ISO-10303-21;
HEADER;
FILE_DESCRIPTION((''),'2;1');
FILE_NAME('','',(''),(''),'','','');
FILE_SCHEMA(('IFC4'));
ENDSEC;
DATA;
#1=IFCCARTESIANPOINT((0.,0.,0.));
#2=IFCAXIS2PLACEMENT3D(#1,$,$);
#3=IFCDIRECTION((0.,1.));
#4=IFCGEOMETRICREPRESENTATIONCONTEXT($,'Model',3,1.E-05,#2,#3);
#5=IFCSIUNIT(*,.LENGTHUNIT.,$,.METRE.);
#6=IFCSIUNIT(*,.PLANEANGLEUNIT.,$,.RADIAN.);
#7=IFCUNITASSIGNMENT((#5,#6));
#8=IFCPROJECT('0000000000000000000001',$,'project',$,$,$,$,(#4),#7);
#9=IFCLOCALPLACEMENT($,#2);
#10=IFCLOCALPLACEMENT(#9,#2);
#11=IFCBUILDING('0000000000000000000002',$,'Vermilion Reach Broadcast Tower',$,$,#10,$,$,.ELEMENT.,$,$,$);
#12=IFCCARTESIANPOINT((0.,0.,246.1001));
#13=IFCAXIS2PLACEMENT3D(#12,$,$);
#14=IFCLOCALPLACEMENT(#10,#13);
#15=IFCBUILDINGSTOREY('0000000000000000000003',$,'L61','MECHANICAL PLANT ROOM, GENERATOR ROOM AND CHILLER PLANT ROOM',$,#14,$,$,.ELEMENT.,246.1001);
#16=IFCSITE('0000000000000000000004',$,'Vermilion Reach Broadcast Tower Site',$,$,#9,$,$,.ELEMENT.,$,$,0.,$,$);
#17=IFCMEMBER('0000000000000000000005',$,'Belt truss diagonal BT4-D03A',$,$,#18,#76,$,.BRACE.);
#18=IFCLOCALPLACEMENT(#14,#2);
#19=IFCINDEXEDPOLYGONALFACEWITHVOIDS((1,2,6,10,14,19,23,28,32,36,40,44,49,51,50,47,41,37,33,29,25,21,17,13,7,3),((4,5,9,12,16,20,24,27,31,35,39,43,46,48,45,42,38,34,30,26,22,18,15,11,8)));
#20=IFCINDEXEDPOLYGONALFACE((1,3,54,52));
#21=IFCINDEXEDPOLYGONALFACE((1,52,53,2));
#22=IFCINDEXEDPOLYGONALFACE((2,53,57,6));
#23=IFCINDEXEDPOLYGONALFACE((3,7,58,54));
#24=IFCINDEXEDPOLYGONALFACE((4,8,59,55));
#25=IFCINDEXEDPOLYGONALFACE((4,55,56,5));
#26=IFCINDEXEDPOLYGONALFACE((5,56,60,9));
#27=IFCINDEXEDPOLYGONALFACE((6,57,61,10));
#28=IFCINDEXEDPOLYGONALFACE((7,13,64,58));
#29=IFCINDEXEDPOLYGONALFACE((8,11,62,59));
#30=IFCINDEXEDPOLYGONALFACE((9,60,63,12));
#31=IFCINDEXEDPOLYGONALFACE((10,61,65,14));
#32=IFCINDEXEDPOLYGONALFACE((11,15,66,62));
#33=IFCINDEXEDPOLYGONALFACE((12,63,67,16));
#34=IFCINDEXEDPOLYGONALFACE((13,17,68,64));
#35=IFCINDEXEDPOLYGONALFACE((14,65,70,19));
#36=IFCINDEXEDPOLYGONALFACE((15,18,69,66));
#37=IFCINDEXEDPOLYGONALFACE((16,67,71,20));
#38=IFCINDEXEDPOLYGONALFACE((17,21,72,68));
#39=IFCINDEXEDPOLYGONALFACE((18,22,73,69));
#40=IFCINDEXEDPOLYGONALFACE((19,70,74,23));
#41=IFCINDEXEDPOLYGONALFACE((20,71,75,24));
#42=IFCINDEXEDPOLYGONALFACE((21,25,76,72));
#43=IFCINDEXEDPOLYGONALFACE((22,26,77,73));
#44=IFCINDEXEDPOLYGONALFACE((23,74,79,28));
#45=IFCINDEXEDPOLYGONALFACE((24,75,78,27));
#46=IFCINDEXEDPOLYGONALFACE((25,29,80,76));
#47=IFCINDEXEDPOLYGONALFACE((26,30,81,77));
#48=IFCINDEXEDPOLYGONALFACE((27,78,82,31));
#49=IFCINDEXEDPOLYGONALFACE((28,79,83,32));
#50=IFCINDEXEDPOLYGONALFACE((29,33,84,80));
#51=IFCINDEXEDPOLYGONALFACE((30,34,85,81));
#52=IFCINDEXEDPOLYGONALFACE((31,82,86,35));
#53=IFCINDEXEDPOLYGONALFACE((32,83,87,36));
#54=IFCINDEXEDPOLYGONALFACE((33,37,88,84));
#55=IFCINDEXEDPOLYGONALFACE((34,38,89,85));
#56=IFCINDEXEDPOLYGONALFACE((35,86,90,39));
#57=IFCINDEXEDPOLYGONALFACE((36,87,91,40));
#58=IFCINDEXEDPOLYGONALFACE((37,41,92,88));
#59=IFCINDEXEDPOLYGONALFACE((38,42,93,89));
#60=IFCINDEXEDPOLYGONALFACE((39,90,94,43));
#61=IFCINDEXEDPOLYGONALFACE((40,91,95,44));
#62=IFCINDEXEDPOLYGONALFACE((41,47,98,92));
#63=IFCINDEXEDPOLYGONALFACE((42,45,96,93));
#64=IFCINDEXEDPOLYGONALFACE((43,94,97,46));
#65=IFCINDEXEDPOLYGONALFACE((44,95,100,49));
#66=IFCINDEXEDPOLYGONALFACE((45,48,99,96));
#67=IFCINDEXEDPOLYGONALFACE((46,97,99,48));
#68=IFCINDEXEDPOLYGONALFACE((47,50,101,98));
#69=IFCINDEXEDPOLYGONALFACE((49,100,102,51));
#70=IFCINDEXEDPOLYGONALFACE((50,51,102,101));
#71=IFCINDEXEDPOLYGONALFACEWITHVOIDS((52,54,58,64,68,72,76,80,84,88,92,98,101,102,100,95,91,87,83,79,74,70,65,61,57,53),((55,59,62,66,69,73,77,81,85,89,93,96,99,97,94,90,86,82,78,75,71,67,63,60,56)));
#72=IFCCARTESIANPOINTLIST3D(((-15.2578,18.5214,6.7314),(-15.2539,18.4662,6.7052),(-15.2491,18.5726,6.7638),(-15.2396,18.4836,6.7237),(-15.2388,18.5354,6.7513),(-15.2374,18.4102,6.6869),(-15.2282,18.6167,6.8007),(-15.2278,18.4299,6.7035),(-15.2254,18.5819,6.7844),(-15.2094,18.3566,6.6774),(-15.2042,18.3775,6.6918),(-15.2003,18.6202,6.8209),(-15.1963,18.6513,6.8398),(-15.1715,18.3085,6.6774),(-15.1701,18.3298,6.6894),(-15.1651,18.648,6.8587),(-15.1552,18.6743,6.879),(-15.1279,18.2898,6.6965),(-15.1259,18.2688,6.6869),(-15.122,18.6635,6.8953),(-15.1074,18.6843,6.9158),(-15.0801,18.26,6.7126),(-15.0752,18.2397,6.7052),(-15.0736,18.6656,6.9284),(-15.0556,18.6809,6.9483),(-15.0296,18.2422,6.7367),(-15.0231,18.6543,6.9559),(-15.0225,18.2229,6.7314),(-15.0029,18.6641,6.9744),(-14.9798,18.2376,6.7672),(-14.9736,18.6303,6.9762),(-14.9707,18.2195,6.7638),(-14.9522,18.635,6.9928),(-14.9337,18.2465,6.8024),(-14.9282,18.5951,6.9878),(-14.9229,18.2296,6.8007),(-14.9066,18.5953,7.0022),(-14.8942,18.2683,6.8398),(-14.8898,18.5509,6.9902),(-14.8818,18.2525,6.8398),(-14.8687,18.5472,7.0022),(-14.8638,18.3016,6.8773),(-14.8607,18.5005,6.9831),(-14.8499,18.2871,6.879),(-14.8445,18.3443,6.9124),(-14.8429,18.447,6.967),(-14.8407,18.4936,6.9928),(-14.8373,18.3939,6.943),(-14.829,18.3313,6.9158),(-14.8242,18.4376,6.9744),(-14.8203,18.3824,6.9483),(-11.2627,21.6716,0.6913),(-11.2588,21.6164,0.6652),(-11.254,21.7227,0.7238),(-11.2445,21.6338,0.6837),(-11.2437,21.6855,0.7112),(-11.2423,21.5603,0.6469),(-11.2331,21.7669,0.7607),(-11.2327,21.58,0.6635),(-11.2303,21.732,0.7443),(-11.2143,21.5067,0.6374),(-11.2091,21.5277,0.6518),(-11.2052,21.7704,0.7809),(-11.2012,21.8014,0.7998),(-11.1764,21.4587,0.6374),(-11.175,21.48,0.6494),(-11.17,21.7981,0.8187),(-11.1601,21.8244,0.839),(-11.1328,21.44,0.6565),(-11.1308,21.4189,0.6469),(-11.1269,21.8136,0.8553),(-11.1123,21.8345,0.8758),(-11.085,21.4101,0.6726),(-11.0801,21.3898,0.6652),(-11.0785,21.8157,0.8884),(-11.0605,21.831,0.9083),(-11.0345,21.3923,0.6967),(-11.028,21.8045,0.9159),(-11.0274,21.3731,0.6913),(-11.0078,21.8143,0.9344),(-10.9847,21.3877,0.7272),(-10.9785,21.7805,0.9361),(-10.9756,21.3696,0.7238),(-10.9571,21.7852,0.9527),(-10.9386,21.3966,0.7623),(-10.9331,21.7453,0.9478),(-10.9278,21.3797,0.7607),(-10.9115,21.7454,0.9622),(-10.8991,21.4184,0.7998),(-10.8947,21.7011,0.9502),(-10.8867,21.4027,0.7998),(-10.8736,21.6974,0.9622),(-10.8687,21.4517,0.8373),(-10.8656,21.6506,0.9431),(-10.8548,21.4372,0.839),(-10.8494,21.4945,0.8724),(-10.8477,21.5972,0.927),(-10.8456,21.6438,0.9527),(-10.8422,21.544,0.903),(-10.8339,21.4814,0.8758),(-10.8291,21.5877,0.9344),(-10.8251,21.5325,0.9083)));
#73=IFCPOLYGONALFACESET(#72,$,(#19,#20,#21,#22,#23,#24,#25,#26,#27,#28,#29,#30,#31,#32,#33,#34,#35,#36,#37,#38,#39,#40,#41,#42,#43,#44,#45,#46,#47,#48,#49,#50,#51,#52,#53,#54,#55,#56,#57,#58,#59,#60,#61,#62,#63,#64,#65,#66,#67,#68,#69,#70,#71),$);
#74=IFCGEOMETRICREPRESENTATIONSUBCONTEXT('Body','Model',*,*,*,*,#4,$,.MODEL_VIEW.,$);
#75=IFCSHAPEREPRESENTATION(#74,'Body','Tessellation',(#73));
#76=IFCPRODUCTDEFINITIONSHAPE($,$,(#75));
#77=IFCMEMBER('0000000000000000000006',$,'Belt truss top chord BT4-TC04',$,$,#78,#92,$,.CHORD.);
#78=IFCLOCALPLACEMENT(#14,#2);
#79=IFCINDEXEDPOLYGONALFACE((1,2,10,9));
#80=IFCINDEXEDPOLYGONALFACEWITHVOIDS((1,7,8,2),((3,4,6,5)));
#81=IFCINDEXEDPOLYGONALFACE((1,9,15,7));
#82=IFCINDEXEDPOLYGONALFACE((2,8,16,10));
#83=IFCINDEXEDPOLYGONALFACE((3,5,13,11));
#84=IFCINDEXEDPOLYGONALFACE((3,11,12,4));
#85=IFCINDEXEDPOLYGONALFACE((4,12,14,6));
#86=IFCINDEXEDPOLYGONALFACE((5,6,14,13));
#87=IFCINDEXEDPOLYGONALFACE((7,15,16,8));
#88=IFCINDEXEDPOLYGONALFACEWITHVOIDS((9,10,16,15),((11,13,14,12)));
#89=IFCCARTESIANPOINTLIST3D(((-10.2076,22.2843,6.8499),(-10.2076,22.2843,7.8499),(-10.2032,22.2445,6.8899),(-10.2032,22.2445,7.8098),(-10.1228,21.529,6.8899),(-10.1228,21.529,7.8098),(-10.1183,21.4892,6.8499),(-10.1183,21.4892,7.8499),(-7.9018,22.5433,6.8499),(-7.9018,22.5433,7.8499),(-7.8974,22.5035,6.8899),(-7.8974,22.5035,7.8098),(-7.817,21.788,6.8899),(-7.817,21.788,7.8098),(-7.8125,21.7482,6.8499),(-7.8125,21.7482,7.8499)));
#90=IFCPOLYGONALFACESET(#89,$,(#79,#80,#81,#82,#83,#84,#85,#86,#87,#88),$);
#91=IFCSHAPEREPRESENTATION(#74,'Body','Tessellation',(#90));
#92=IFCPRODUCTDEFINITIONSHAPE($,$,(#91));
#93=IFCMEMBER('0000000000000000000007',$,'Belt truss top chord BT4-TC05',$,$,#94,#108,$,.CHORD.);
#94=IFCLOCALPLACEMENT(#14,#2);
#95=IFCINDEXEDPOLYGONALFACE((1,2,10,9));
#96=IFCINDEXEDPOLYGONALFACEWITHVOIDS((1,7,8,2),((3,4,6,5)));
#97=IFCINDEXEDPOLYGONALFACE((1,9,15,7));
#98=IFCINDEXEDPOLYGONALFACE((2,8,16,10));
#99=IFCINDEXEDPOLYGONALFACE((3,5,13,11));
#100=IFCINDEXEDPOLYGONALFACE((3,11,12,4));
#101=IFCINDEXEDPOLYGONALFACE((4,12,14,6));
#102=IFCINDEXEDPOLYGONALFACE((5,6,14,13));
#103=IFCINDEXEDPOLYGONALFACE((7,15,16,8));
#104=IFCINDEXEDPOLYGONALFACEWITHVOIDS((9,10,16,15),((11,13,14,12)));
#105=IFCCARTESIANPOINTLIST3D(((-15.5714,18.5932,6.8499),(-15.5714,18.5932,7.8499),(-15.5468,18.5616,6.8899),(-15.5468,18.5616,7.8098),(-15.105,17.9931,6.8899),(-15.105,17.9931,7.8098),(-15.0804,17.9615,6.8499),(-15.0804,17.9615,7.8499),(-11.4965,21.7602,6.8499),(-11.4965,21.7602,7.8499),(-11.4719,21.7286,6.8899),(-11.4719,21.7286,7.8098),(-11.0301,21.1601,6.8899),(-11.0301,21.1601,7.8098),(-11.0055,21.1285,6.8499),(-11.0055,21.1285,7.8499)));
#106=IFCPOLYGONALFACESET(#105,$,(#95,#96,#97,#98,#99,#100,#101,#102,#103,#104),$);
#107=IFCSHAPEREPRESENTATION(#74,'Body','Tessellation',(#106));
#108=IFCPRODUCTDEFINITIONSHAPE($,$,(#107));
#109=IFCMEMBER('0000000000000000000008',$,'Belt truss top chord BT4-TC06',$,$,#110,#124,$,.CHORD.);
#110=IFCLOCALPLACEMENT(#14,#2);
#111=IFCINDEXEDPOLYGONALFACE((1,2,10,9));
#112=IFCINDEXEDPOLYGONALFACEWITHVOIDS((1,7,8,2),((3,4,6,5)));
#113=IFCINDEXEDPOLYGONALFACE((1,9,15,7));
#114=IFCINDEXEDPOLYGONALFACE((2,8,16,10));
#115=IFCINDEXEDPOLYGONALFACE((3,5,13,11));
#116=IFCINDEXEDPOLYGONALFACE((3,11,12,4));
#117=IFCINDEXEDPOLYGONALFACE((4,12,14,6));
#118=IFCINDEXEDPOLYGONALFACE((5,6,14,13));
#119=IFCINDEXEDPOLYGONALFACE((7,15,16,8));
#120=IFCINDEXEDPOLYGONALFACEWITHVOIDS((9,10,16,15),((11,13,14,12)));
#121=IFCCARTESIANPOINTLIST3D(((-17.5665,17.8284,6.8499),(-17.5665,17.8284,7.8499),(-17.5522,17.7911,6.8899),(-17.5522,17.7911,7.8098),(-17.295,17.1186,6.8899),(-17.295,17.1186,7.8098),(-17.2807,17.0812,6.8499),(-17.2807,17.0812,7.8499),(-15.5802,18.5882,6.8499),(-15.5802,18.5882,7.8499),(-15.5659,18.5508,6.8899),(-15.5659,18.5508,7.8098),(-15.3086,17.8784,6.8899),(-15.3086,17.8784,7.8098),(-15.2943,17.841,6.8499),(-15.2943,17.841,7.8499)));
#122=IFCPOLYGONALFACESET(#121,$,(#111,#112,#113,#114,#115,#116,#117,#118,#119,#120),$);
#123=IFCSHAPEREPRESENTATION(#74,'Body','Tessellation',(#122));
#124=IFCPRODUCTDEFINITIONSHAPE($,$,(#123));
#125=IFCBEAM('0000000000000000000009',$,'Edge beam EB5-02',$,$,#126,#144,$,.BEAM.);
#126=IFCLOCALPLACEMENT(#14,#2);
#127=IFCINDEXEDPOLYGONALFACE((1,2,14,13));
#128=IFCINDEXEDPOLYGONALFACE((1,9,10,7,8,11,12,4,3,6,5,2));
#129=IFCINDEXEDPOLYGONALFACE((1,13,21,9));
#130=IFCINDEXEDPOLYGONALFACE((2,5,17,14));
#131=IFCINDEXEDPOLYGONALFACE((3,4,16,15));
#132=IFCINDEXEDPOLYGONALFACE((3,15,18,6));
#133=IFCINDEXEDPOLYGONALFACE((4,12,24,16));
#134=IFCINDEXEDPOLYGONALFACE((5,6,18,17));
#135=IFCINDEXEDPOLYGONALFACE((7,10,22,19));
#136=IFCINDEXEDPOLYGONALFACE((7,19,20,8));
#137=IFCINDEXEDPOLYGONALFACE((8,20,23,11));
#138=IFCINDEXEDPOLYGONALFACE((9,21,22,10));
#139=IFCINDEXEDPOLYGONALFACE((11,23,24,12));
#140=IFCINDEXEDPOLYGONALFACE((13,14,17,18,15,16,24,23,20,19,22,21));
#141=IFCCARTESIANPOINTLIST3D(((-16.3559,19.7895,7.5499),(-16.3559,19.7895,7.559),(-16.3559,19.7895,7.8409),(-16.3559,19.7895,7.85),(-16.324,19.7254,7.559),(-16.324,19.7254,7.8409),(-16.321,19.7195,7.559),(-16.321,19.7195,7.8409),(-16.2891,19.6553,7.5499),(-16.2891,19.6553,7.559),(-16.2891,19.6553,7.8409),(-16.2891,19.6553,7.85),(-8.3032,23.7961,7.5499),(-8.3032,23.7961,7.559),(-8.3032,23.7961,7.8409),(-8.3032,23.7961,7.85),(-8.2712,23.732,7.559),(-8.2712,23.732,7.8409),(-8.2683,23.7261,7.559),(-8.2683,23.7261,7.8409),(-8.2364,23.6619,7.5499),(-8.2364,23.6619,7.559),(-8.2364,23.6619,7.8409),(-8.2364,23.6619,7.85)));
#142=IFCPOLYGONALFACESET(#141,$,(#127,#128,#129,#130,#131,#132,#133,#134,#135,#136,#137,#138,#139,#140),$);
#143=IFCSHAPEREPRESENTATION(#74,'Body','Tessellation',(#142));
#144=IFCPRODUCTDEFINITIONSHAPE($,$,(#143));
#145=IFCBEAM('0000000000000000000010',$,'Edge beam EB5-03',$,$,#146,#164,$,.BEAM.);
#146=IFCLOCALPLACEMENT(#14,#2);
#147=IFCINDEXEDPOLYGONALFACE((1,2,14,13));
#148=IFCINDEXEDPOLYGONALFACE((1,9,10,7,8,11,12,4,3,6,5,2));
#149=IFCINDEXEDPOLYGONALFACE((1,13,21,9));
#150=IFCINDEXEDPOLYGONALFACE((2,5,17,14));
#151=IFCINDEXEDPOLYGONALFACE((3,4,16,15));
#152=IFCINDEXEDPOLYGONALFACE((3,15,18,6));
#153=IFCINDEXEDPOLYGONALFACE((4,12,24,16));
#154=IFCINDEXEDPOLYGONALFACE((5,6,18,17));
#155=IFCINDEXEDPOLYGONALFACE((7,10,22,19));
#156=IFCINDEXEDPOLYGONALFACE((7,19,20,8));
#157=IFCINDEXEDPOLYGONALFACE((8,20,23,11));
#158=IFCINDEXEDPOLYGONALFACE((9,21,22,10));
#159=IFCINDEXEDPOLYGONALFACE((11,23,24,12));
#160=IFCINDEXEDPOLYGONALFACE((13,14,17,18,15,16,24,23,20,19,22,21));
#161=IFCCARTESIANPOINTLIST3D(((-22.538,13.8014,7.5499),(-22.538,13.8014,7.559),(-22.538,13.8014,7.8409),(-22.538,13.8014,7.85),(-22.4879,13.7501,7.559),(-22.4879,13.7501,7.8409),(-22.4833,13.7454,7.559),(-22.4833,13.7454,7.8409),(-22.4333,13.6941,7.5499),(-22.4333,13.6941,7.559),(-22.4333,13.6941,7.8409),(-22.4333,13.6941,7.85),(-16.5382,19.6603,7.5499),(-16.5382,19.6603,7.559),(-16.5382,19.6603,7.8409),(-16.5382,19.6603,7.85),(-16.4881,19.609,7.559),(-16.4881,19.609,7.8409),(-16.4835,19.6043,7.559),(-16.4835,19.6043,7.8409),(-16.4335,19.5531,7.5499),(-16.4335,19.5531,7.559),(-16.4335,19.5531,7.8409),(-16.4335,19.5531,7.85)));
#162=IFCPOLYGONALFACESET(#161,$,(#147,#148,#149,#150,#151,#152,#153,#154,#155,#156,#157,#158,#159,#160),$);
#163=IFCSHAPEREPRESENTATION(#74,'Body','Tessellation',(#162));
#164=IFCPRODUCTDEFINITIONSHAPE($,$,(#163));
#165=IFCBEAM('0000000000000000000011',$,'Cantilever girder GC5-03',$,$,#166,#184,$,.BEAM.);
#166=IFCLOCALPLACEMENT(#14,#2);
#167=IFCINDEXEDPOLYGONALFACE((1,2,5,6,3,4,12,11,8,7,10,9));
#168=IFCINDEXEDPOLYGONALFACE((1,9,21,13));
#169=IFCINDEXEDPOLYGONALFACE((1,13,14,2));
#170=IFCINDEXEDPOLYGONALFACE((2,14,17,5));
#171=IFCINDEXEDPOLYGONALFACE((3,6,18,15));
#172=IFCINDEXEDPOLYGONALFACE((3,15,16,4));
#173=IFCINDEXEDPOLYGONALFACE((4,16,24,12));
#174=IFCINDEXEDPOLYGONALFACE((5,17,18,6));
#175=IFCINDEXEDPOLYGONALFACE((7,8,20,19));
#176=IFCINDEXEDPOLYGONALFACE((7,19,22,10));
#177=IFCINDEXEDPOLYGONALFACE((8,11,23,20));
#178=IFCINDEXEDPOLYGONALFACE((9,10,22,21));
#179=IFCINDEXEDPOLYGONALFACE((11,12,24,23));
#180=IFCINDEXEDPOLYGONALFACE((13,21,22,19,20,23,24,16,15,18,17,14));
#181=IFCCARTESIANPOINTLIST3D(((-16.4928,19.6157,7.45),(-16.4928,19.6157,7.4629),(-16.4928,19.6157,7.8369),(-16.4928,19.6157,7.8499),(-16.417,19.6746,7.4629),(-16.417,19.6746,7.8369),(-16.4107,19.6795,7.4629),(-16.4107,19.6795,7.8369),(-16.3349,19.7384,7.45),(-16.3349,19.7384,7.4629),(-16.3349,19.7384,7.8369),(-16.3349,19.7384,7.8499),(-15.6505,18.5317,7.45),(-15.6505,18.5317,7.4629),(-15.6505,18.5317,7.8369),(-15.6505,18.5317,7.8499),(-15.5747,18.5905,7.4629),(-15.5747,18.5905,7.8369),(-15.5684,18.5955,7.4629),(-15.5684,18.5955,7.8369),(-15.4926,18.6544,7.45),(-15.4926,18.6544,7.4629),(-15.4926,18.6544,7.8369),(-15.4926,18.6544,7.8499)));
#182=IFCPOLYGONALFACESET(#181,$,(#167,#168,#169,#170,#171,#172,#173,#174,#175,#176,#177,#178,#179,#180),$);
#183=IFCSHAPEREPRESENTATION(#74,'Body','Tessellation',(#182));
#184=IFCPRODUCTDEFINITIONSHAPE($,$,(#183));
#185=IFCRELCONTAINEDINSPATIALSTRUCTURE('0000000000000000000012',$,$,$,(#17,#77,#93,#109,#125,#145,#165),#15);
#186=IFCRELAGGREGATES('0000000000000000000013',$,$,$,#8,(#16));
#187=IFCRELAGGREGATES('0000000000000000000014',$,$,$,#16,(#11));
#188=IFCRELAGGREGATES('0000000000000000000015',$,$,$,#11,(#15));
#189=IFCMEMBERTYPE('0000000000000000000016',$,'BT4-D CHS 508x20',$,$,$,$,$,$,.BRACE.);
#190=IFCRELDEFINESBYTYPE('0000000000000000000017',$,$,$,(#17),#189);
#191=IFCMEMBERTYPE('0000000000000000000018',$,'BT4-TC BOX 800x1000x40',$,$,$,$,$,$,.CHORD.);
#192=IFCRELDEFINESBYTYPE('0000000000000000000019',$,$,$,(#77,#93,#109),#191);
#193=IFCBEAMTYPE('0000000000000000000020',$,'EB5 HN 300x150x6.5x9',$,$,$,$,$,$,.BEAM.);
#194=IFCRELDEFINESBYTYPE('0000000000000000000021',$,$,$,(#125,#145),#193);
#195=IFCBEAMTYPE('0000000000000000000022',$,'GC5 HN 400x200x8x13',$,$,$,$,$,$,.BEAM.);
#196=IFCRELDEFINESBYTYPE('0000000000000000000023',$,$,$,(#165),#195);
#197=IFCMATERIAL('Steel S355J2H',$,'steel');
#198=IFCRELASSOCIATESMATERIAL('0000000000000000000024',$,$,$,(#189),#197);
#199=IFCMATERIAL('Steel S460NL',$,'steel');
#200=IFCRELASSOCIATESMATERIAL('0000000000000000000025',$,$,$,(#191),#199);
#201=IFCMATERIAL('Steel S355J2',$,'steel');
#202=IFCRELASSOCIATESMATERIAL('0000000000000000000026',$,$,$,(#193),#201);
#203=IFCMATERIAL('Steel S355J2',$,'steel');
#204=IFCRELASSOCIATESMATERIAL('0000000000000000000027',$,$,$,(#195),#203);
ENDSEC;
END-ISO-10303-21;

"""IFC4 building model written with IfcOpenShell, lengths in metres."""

from ifc_helpers import new_model, si_unit, direction, frame, origin, origin_2d, place, context, subcontext, project, spatial, hollow_rectangle, hollow_circle, i_section, extrude, material, material_profile, profile_set, type_object, element, save


model = new_model("IFC4")

# Units and contexts
model_context = context("Model", 3, precision=1e-05, world=origin(), true_north=direction((0.0, 1.0)))
body_context = subcontext(model_context, "Body", "Model", "MODEL_VIEW")
ifc_project = project(units=[si_unit("LENGTHUNIT", "METRE"), si_unit("PLANEANGLEUNIT", "RADIAN")], contexts=[model_context])

# Site, building, storey
site_placement = place(None, origin())
site = spatial("IfcSite", under=ifc_project, at=site_placement, Name="Vermilion Reach Broadcast Tower Site", CompositionType="ELEMENT", RefElevation=0.0)
building_placement = place(site_placement, origin())
building = spatial("IfcBuilding", under=site, at=building_placement, Name="Vermilion Reach Broadcast Tower", CompositionType="ELEMENT")
storey_placement = place(building_placement, frame((0.0, 0.0, 246.1001)))
storey = spatial("IfcBuildingStorey", under=building, at=storey_placement, Name="L61", Description="MECHANICAL PLANT ROOM, GENERATOR ROOM AND CHILLER PLANT ROOM", CompositionType="ELEMENT", Elevation=246.1001)

# Members
ifc_material_1 = material(Name="Steel S355J2H", Category="steel")
ifc_material_profile_1 = material_profile(ifc_material_1, hollow_circle(Radius=0.2539, WallThickness=0.02, at=origin_2d()), Name="S355J2H CHS 508x20")
ifc_profile_set_1 = profile_set([ifc_material_profile_1], Name="Steel S355J2H")
member_type_1 = type_object("IfcMemberType", Name="BT4-D CHS 508x20", PredefinedType="BRACE", material=ifc_profile_set_1)
member_1_placement = place(storey_placement, frame((-11.0439, 21.6021, 0.7998), z_axis=(-0.505888, -0.398892, 0.764829), x_axis=(0.619173, -0.785255, 0.0)))
element("IfcMember", 1, at=member_1_placement, inside=storey, type_object=member_type_1, Name="Belt truss diagonal BT4-D03A", PredefinedType="BRACE", context=body_context, shape_type="SweptSolid", body=[
    extrude(hollow_circle(Radius=0.2539, WallThickness=0.02, at=origin_2d()), origin(), (0.0, 0.0, 1.0), 7.8972),
])
ifc_material_2 = material(Name="Steel S460NL", Category="steel")
ifc_material_profile_2 = material_profile(ifc_material_2, hollow_rectangle(XDim=0.8, YDim=1.0, WallThickness=0.04, at=origin_2d()), Name="S460NL BOX 800x1000x40")
ifc_profile_set_2 = profile_set([ifc_material_profile_2], Name="Steel S460NL")
member_type_2 = type_object("IfcMemberType", Name="BT4-TC BOX 800x1000x40", PredefinedType="CHORD", material=ifc_profile_set_2)
member_2_placement = place(storey_placement, frame((-7.8572, 22.1458, 7.3499), z_axis=(-0.99375, -0.111632, 0.0), x_axis=(0.111632, -0.99375, 0.0)))
element("IfcMember", 2, at=member_2_placement, inside=storey, type_object=member_type_2, Name="Belt truss top chord BT4-TC04", PredefinedType="CHORD", context=body_context, shape_type="SweptSolid", body=[
    extrude(hollow_rectangle(XDim=0.8, YDim=1.0, WallThickness=0.04, at=origin_2d()), origin(), (0.0, 0.0, 1.0), 2.3203),
])
member_3_placement = place(storey_placement, frame((-11.251, 21.4443, 7.3499), z_axis=(-0.789579, -0.613649, 0.0), x_axis=(0.613649, -0.789579, 0.0)))
element("IfcMember", 3, at=member_3_placement, inside=storey, type_object=member_type_2, Name="Belt truss top chord BT4-TC05", PredefinedType="CHORD", context=body_context, shape_type="SweptSolid", body=[
    extrude(hollow_rectangle(XDim=0.8, YDim=1.0, WallThickness=0.04, at=origin_2d()), origin(), (0.0, 0.0, 1.0), 5.1609),
])
member_4_placement = place(storey_placement, frame((-15.4373, 18.2146, 7.3499), z_axis=(-0.934007, -0.357255, 0.0), x_axis=(0.357255, -0.934007, 0.0)))
element("IfcMember", 4, at=member_4_placement, inside=storey, type_object=member_type_2, Name="Belt truss top chord BT4-TC06", PredefinedType="CHORD", context=body_context, shape_type="SweptSolid", body=[
    extrude(hollow_rectangle(XDim=0.8, YDim=1.0, WallThickness=0.04, at=origin_2d()), origin(), (0.0, 0.0, 1.0), 2.1267),
])

# Beams
ifc_material_3 = material(Name="Steel S355J2", Category="steel")
ifc_material_profile_3 = material_profile(ifc_material_3, i_section(OverallWidth=0.1499, OverallDepth=0.3, WebThickness=0.0066, FlangeThickness=0.009, at=origin_2d()), Name="S355J2 HN 300x150x6.5x9")
ifc_profile_set_3 = profile_set([ifc_material_profile_3], Name="Steel S355J2")
beam_type_1 = type_object("IfcBeamType", Name="EB5 HN 300x150x6.5x9", PredefinedType="BEAM", material=ifc_profile_set_3)
beam_1_placement = place(storey_placement, frame((-8.2698, 23.729, 7.7), z_axis=(-0.895305, -0.445454, 0.0), x_axis=(0.445454, -0.895305, 0.0)))
element("IfcBeam", 5, at=beam_1_placement, inside=storey, type_object=beam_type_1, Name="Edge beam EB5-02", PredefinedType="BEAM", context=body_context, shape_type="SweptSolid", body=[
    extrude(i_section(OverallWidth=0.1499, OverallDepth=0.3, WebThickness=0.0066, FlangeThickness=0.009, at=origin_2d()), origin(), (0.0, 0.0, 1.0), 8.9944),
])
beam_2_placement = place(storey_placement, frame((-16.4858, 19.6067, 7.7), z_axis=(-0.715456, -0.698658, 0.0), x_axis=(0.698658, -0.715456, 0.0)))
element("IfcBeam", 6, at=beam_2_placement, inside=storey, type_object=beam_type_1, Name="Edge beam EB5-03", PredefinedType="BEAM", context=body_context, shape_type="SweptSolid", body=[
    extrude(i_section(OverallWidth=0.1499, OverallDepth=0.3, WebThickness=0.0066, FlangeThickness=0.009, at=origin_2d()), origin(), (0.0, 0.0, 1.0), 8.386),
])
ifc_material_4 = material(Name="Steel S355J2", Category="steel")
ifc_material_profile_4 = material_profile(ifc_material_4, i_section(OverallWidth=0.2, OverallDepth=0.3999, WebThickness=0.0081, FlangeThickness=0.0129, at=origin_2d()), Name="S355J2 HN 400x200x8x13")
ifc_profile_set_4 = profile_set([ifc_material_profile_4], Name="Steel S355J2")
beam_type_2 = type_object("IfcBeamType", Name="GC5 HN 400x200x8x13", PredefinedType="BEAM", material=ifc_profile_set_4)
beam_3_placement = place(storey_placement, frame((-15.5715, 18.593, 7.6499), z_axis=(-0.613571, 0.789639, 0.0), x_axis=(-0.789639, -0.613571, 0.0)))
element("IfcBeam", 7, at=beam_3_placement, inside=storey, type_object=beam_type_2, Name="Cantilever girder GC5-03", PredefinedType="BEAM", context=body_context, shape_type="SweptSolid", body=[
    extrude(i_section(OverallWidth=0.2, OverallDepth=0.3999, WebThickness=0.0081, FlangeThickness=0.0129, at=origin_2d()), origin(), (0.0, 0.0, 1.0), 1.3728),
])

save(model, "model.ifc")
